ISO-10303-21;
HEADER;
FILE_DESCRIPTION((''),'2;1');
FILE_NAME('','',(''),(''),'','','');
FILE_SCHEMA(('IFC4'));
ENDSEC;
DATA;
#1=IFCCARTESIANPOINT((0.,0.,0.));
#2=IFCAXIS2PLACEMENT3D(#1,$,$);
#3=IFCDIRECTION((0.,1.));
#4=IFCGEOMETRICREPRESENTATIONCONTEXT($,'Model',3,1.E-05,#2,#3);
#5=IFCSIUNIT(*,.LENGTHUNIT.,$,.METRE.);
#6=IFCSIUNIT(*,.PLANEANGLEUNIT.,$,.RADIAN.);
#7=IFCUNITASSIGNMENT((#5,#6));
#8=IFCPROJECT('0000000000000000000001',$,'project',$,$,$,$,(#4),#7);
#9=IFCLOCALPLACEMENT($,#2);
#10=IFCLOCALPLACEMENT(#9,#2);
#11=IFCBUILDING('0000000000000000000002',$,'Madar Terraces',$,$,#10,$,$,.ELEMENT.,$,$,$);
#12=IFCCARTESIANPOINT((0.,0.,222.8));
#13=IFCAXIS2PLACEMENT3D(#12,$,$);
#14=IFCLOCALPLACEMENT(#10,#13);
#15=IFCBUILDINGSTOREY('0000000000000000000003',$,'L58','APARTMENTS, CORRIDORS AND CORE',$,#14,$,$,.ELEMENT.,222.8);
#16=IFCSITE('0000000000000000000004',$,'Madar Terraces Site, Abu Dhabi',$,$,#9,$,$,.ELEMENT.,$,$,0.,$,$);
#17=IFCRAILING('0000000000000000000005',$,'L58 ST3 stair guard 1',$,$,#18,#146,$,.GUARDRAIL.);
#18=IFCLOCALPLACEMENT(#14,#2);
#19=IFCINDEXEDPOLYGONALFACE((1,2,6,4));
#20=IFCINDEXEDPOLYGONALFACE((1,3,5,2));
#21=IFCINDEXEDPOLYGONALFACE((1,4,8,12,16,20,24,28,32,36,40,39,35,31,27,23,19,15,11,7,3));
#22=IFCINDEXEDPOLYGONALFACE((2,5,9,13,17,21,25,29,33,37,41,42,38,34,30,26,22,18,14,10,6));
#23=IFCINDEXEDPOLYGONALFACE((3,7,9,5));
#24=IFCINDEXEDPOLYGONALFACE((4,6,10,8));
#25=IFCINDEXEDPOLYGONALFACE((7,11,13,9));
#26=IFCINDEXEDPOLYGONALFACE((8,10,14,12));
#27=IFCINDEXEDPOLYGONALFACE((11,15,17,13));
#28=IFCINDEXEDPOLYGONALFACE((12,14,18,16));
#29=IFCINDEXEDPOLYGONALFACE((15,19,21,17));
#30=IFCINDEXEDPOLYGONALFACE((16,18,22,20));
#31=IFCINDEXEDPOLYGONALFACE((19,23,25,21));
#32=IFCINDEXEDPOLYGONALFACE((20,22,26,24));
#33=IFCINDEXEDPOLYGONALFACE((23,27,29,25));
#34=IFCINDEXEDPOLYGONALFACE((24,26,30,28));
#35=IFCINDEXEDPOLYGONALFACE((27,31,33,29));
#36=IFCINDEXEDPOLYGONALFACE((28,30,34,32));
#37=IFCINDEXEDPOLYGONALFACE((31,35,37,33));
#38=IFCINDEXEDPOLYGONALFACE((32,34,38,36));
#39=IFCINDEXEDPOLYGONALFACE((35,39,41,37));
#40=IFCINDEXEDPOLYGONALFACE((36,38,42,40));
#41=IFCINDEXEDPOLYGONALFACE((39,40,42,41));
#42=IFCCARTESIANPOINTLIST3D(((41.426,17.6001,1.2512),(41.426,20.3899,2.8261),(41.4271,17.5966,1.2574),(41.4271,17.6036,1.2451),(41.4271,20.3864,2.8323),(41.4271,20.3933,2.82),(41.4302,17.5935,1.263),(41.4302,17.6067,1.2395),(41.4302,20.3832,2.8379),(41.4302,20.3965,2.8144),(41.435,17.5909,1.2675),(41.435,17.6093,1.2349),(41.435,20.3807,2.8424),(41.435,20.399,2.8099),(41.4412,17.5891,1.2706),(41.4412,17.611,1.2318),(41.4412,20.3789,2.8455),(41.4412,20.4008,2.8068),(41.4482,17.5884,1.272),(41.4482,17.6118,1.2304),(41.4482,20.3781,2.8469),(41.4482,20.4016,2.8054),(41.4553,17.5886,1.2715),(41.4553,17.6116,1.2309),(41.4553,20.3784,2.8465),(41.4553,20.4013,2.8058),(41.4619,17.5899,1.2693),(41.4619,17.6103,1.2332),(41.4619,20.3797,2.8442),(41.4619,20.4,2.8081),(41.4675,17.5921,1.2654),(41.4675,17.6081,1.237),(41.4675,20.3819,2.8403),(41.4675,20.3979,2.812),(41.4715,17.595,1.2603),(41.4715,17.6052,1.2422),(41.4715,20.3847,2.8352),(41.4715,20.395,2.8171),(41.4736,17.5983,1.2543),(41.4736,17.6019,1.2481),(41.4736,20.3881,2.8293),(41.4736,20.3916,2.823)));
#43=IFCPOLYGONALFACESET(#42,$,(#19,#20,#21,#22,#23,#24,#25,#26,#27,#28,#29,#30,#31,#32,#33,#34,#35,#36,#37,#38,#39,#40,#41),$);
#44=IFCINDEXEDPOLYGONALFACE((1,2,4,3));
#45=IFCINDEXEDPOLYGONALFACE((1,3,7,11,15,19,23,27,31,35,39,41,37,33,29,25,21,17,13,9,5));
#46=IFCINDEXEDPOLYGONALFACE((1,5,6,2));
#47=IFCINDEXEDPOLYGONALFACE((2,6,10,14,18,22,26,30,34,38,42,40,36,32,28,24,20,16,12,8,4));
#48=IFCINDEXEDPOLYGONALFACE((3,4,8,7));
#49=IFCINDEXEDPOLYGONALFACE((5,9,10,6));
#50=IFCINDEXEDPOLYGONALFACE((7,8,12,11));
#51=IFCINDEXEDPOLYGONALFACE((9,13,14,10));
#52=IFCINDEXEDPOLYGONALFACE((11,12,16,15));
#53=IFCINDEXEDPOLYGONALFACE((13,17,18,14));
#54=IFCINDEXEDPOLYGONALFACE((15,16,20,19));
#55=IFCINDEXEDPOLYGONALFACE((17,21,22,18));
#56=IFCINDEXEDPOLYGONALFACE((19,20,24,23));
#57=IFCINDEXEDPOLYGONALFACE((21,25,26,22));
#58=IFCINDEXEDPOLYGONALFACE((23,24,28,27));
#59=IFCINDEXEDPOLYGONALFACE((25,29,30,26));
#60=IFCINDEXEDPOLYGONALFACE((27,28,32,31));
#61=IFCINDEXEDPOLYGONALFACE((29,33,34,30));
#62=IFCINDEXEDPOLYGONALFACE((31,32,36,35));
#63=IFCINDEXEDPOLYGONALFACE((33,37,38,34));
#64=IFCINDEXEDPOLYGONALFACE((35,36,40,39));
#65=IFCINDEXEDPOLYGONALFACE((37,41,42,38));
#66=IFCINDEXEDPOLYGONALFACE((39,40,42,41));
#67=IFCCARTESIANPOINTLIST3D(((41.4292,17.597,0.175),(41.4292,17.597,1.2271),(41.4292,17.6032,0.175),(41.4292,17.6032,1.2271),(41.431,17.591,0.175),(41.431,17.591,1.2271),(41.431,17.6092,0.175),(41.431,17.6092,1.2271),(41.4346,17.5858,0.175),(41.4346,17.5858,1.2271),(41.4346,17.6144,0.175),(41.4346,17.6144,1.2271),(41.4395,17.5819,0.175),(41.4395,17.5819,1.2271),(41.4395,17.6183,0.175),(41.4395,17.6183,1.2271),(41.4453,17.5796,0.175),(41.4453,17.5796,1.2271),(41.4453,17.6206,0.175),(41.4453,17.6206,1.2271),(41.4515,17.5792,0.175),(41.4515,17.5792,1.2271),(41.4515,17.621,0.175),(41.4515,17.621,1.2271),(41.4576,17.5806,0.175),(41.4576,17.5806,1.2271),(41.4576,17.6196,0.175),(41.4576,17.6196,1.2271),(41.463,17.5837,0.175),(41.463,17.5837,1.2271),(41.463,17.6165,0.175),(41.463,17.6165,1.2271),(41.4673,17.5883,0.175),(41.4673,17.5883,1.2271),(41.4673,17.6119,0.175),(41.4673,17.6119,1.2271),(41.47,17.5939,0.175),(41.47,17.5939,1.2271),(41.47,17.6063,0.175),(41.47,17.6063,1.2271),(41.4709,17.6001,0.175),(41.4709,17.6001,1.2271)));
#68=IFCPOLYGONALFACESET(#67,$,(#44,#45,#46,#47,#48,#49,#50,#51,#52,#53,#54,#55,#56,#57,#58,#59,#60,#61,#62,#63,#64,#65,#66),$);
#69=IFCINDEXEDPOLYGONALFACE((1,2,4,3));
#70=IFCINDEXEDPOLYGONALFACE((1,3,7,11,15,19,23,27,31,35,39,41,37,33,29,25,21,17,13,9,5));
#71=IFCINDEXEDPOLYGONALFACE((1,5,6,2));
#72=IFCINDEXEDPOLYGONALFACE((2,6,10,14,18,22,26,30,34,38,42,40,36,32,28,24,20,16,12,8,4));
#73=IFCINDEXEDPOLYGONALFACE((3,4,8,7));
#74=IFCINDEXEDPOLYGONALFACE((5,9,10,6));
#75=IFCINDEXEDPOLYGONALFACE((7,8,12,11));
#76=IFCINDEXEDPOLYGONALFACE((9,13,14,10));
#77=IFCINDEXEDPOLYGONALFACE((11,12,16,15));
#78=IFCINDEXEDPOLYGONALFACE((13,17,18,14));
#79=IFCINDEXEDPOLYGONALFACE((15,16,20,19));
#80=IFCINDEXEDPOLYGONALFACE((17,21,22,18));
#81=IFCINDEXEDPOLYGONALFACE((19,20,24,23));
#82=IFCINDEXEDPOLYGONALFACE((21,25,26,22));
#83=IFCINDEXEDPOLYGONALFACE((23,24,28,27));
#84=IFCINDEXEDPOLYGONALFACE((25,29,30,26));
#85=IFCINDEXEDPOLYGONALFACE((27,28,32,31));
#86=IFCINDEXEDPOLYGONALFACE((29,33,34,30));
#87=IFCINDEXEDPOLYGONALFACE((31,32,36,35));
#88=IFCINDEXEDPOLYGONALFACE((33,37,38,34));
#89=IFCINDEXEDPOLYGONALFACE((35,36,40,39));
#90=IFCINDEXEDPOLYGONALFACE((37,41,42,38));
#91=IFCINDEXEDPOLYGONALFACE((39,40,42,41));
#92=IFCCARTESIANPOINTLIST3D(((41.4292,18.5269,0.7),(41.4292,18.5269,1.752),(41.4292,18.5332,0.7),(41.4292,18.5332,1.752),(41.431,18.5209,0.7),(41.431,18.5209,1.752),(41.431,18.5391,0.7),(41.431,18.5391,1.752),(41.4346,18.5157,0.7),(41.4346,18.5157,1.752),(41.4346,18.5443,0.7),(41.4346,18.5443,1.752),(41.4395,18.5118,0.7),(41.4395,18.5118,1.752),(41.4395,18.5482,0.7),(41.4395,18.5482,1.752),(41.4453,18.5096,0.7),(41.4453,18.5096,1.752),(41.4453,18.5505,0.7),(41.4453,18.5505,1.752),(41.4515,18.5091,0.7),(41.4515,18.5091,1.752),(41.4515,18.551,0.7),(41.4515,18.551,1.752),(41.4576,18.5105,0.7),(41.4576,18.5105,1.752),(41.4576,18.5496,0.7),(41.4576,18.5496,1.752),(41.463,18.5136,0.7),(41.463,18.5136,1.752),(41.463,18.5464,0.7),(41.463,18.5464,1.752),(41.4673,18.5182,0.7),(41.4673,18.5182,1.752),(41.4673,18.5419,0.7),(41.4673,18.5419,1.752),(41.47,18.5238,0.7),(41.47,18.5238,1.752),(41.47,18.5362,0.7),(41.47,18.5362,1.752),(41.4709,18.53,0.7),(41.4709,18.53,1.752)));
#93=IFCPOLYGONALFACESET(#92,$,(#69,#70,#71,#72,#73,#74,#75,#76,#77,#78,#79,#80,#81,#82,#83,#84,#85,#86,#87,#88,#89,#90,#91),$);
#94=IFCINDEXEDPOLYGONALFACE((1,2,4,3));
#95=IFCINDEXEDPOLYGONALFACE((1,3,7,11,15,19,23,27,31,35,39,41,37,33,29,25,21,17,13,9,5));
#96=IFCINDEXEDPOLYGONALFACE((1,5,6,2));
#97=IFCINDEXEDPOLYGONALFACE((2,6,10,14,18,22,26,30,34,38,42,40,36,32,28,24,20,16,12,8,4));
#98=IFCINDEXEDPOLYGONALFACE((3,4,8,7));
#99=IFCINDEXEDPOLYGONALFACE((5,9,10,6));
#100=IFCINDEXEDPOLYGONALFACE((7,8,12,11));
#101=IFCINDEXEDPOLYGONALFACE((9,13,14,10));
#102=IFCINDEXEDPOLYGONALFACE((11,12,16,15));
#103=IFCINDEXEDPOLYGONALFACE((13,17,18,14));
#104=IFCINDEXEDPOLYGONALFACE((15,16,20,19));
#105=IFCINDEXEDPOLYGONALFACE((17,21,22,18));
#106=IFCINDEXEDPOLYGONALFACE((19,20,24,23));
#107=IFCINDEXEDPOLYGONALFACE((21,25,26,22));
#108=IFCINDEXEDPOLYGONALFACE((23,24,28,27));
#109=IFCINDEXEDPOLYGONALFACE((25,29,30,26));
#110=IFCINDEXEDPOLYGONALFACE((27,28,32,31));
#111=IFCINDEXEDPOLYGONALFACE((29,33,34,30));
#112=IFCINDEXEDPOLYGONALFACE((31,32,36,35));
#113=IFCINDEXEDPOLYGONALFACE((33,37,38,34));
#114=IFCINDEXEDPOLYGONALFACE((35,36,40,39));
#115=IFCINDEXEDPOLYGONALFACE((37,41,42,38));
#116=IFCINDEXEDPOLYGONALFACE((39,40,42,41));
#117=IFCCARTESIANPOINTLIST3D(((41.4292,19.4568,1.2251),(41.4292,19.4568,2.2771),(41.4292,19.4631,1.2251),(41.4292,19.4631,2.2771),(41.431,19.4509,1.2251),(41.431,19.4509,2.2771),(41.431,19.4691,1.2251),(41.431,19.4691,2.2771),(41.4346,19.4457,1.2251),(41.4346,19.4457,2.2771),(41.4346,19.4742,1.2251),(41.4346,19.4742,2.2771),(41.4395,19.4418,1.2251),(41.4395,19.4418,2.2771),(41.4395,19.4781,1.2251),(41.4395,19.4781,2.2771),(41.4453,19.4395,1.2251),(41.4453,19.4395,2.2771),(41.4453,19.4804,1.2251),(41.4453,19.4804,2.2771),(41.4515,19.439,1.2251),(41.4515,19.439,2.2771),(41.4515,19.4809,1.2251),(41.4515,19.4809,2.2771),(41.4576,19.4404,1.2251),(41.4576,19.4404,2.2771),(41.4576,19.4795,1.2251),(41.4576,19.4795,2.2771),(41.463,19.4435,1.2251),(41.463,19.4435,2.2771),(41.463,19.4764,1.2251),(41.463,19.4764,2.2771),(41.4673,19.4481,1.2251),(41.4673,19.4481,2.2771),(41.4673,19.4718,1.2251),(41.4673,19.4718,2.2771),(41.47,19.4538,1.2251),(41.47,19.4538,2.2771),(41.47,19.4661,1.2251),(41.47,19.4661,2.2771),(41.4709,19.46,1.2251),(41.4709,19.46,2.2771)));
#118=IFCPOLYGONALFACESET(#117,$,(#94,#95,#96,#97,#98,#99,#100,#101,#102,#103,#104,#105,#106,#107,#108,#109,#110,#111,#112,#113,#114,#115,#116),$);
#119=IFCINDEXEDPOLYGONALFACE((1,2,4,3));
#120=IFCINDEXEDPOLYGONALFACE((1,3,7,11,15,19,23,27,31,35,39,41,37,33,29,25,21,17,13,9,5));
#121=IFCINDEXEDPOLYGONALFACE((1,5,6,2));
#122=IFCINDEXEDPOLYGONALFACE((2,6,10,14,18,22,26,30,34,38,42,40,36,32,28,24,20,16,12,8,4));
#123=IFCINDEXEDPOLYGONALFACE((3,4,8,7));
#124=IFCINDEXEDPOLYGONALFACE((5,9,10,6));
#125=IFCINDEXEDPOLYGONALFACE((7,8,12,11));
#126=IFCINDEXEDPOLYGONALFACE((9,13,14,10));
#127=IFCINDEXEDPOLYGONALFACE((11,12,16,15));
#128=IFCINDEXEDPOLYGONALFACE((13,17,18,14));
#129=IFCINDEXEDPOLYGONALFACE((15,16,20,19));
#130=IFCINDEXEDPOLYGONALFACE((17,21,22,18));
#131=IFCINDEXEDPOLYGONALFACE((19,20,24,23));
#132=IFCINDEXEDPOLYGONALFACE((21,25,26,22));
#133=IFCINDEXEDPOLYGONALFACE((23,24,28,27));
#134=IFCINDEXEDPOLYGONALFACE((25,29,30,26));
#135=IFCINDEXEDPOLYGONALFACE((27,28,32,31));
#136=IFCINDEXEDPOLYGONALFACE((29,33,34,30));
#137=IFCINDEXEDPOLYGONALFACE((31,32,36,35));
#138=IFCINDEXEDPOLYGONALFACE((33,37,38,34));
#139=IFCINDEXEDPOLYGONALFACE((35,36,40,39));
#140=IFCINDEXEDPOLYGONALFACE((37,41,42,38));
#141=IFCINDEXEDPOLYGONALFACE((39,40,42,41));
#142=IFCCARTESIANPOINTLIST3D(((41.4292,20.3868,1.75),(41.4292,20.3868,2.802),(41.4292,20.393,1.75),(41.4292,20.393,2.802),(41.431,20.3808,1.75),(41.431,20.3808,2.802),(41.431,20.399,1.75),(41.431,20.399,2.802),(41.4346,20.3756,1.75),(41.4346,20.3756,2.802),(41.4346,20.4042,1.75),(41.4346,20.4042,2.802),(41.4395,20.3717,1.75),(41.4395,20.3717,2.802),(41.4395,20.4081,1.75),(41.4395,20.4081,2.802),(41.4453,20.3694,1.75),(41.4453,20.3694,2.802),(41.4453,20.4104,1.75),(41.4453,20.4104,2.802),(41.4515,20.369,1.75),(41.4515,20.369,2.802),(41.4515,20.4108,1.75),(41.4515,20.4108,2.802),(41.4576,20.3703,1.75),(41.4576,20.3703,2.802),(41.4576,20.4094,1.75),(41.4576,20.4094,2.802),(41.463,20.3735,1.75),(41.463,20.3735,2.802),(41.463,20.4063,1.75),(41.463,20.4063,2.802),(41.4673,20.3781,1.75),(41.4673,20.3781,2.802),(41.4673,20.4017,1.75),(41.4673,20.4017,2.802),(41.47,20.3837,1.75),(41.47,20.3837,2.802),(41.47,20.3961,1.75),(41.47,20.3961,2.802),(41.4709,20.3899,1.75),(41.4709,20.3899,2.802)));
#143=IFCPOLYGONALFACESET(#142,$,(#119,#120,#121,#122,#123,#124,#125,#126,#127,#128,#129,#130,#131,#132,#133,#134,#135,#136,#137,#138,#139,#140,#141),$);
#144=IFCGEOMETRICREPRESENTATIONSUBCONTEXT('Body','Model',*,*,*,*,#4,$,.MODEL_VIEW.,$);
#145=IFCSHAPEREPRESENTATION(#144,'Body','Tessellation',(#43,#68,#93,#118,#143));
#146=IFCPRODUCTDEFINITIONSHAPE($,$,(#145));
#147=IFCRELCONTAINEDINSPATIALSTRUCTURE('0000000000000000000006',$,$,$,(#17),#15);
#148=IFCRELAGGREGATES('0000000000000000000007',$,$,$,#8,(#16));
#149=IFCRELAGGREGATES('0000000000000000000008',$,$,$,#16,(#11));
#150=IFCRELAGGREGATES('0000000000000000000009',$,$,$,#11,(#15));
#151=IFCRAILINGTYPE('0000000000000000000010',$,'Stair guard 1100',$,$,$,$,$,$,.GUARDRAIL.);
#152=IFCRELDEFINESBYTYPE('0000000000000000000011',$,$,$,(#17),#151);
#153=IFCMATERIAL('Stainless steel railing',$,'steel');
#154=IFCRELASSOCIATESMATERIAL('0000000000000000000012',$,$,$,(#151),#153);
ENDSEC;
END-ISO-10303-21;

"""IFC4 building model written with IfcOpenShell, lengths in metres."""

from ifc_helpers import new_model, si_unit, direction, frame, origin, origin_2d, place, context, subcontext, project, spatial, circle, extrude, material, type_object, element, save


model = new_model("IFC4")

# Units and contexts
model_context = context("Model", 3, precision=1e-05, world=origin(), true_north=direction((0.0, 1.0)))
body_context = subcontext(model_context, "Body", "Model", "MODEL_VIEW")
ifc_project = project(units=[si_unit("LENGTHUNIT", "METRE"), si_unit("PLANEANGLEUNIT", "RADIAN")], contexts=[model_context])

# Site, building, storey
site_placement = place(None, origin())
site = spatial("IfcSite", under=ifc_project, at=site_placement, Name="Madar Terraces Site, Abu Dhabi", CompositionType="ELEMENT", RefElevation=0.0)
building_placement = place(site_placement, origin())
building = spatial("IfcBuilding", under=site, at=building_placement, Name="Madar Terraces", CompositionType="ELEMENT")
storey_placement = place(building_placement, frame((0.0, 0.0, 222.8)))
storey = spatial("IfcBuildingStorey", under=building, at=storey_placement, Name="L58", Description="APARTMENTS, CORRIDORS AND CORE", CompositionType="ELEMENT", Elevation=222.8)

# Railing
ifc_material_1 = material(Name="Stainless steel railing", Category="steel")
railing_type_1 = type_object("IfcRailingType", Name="Stair guard 1100", PredefinedType="GUARDRAIL", material=ifc_material_1)
railing_1_placement = place(storey_placement, frame((41.45, 17.6001, 0.175)))
element("IfcRailing", 1, at=railing_1_placement, inside=storey, type_object=railing_type_1, Name="L58 ST3 stair guard 1", PredefinedType="GUARDRAIL", context=body_context, shape_type="SweptSolid", body=[
    extrude(circle(Radius=0.0239, at=origin_2d()), frame((0.0, 0.0, 1.0762), z_axis=(0.0, 0.870815, 0.49161), x_axis=(-1.0, 0.0, 0.0)), (0.0, 0.0, 1.0), 3.2036),
    extrude(circle(Radius=0.021, at=origin_2d()), origin(), (0.0, 0.0, 1.0), 1.052),
    extrude(circle(Radius=0.021, at=origin_2d()), frame((0.0, 0.9299, 0.5249)), (0.0, 0.0, 1.0), 1.052),
    extrude(circle(Radius=0.021, at=origin_2d()), frame((0.0, 1.8599, 1.05)), (0.0, 0.0, 1.0), 1.052),
    extrude(circle(Radius=0.021, at=origin_2d()), frame((0.0, 2.7898, 1.575)), (0.0, 0.0, 1.0), 1.052),
])

save(model, "model.ifc")
